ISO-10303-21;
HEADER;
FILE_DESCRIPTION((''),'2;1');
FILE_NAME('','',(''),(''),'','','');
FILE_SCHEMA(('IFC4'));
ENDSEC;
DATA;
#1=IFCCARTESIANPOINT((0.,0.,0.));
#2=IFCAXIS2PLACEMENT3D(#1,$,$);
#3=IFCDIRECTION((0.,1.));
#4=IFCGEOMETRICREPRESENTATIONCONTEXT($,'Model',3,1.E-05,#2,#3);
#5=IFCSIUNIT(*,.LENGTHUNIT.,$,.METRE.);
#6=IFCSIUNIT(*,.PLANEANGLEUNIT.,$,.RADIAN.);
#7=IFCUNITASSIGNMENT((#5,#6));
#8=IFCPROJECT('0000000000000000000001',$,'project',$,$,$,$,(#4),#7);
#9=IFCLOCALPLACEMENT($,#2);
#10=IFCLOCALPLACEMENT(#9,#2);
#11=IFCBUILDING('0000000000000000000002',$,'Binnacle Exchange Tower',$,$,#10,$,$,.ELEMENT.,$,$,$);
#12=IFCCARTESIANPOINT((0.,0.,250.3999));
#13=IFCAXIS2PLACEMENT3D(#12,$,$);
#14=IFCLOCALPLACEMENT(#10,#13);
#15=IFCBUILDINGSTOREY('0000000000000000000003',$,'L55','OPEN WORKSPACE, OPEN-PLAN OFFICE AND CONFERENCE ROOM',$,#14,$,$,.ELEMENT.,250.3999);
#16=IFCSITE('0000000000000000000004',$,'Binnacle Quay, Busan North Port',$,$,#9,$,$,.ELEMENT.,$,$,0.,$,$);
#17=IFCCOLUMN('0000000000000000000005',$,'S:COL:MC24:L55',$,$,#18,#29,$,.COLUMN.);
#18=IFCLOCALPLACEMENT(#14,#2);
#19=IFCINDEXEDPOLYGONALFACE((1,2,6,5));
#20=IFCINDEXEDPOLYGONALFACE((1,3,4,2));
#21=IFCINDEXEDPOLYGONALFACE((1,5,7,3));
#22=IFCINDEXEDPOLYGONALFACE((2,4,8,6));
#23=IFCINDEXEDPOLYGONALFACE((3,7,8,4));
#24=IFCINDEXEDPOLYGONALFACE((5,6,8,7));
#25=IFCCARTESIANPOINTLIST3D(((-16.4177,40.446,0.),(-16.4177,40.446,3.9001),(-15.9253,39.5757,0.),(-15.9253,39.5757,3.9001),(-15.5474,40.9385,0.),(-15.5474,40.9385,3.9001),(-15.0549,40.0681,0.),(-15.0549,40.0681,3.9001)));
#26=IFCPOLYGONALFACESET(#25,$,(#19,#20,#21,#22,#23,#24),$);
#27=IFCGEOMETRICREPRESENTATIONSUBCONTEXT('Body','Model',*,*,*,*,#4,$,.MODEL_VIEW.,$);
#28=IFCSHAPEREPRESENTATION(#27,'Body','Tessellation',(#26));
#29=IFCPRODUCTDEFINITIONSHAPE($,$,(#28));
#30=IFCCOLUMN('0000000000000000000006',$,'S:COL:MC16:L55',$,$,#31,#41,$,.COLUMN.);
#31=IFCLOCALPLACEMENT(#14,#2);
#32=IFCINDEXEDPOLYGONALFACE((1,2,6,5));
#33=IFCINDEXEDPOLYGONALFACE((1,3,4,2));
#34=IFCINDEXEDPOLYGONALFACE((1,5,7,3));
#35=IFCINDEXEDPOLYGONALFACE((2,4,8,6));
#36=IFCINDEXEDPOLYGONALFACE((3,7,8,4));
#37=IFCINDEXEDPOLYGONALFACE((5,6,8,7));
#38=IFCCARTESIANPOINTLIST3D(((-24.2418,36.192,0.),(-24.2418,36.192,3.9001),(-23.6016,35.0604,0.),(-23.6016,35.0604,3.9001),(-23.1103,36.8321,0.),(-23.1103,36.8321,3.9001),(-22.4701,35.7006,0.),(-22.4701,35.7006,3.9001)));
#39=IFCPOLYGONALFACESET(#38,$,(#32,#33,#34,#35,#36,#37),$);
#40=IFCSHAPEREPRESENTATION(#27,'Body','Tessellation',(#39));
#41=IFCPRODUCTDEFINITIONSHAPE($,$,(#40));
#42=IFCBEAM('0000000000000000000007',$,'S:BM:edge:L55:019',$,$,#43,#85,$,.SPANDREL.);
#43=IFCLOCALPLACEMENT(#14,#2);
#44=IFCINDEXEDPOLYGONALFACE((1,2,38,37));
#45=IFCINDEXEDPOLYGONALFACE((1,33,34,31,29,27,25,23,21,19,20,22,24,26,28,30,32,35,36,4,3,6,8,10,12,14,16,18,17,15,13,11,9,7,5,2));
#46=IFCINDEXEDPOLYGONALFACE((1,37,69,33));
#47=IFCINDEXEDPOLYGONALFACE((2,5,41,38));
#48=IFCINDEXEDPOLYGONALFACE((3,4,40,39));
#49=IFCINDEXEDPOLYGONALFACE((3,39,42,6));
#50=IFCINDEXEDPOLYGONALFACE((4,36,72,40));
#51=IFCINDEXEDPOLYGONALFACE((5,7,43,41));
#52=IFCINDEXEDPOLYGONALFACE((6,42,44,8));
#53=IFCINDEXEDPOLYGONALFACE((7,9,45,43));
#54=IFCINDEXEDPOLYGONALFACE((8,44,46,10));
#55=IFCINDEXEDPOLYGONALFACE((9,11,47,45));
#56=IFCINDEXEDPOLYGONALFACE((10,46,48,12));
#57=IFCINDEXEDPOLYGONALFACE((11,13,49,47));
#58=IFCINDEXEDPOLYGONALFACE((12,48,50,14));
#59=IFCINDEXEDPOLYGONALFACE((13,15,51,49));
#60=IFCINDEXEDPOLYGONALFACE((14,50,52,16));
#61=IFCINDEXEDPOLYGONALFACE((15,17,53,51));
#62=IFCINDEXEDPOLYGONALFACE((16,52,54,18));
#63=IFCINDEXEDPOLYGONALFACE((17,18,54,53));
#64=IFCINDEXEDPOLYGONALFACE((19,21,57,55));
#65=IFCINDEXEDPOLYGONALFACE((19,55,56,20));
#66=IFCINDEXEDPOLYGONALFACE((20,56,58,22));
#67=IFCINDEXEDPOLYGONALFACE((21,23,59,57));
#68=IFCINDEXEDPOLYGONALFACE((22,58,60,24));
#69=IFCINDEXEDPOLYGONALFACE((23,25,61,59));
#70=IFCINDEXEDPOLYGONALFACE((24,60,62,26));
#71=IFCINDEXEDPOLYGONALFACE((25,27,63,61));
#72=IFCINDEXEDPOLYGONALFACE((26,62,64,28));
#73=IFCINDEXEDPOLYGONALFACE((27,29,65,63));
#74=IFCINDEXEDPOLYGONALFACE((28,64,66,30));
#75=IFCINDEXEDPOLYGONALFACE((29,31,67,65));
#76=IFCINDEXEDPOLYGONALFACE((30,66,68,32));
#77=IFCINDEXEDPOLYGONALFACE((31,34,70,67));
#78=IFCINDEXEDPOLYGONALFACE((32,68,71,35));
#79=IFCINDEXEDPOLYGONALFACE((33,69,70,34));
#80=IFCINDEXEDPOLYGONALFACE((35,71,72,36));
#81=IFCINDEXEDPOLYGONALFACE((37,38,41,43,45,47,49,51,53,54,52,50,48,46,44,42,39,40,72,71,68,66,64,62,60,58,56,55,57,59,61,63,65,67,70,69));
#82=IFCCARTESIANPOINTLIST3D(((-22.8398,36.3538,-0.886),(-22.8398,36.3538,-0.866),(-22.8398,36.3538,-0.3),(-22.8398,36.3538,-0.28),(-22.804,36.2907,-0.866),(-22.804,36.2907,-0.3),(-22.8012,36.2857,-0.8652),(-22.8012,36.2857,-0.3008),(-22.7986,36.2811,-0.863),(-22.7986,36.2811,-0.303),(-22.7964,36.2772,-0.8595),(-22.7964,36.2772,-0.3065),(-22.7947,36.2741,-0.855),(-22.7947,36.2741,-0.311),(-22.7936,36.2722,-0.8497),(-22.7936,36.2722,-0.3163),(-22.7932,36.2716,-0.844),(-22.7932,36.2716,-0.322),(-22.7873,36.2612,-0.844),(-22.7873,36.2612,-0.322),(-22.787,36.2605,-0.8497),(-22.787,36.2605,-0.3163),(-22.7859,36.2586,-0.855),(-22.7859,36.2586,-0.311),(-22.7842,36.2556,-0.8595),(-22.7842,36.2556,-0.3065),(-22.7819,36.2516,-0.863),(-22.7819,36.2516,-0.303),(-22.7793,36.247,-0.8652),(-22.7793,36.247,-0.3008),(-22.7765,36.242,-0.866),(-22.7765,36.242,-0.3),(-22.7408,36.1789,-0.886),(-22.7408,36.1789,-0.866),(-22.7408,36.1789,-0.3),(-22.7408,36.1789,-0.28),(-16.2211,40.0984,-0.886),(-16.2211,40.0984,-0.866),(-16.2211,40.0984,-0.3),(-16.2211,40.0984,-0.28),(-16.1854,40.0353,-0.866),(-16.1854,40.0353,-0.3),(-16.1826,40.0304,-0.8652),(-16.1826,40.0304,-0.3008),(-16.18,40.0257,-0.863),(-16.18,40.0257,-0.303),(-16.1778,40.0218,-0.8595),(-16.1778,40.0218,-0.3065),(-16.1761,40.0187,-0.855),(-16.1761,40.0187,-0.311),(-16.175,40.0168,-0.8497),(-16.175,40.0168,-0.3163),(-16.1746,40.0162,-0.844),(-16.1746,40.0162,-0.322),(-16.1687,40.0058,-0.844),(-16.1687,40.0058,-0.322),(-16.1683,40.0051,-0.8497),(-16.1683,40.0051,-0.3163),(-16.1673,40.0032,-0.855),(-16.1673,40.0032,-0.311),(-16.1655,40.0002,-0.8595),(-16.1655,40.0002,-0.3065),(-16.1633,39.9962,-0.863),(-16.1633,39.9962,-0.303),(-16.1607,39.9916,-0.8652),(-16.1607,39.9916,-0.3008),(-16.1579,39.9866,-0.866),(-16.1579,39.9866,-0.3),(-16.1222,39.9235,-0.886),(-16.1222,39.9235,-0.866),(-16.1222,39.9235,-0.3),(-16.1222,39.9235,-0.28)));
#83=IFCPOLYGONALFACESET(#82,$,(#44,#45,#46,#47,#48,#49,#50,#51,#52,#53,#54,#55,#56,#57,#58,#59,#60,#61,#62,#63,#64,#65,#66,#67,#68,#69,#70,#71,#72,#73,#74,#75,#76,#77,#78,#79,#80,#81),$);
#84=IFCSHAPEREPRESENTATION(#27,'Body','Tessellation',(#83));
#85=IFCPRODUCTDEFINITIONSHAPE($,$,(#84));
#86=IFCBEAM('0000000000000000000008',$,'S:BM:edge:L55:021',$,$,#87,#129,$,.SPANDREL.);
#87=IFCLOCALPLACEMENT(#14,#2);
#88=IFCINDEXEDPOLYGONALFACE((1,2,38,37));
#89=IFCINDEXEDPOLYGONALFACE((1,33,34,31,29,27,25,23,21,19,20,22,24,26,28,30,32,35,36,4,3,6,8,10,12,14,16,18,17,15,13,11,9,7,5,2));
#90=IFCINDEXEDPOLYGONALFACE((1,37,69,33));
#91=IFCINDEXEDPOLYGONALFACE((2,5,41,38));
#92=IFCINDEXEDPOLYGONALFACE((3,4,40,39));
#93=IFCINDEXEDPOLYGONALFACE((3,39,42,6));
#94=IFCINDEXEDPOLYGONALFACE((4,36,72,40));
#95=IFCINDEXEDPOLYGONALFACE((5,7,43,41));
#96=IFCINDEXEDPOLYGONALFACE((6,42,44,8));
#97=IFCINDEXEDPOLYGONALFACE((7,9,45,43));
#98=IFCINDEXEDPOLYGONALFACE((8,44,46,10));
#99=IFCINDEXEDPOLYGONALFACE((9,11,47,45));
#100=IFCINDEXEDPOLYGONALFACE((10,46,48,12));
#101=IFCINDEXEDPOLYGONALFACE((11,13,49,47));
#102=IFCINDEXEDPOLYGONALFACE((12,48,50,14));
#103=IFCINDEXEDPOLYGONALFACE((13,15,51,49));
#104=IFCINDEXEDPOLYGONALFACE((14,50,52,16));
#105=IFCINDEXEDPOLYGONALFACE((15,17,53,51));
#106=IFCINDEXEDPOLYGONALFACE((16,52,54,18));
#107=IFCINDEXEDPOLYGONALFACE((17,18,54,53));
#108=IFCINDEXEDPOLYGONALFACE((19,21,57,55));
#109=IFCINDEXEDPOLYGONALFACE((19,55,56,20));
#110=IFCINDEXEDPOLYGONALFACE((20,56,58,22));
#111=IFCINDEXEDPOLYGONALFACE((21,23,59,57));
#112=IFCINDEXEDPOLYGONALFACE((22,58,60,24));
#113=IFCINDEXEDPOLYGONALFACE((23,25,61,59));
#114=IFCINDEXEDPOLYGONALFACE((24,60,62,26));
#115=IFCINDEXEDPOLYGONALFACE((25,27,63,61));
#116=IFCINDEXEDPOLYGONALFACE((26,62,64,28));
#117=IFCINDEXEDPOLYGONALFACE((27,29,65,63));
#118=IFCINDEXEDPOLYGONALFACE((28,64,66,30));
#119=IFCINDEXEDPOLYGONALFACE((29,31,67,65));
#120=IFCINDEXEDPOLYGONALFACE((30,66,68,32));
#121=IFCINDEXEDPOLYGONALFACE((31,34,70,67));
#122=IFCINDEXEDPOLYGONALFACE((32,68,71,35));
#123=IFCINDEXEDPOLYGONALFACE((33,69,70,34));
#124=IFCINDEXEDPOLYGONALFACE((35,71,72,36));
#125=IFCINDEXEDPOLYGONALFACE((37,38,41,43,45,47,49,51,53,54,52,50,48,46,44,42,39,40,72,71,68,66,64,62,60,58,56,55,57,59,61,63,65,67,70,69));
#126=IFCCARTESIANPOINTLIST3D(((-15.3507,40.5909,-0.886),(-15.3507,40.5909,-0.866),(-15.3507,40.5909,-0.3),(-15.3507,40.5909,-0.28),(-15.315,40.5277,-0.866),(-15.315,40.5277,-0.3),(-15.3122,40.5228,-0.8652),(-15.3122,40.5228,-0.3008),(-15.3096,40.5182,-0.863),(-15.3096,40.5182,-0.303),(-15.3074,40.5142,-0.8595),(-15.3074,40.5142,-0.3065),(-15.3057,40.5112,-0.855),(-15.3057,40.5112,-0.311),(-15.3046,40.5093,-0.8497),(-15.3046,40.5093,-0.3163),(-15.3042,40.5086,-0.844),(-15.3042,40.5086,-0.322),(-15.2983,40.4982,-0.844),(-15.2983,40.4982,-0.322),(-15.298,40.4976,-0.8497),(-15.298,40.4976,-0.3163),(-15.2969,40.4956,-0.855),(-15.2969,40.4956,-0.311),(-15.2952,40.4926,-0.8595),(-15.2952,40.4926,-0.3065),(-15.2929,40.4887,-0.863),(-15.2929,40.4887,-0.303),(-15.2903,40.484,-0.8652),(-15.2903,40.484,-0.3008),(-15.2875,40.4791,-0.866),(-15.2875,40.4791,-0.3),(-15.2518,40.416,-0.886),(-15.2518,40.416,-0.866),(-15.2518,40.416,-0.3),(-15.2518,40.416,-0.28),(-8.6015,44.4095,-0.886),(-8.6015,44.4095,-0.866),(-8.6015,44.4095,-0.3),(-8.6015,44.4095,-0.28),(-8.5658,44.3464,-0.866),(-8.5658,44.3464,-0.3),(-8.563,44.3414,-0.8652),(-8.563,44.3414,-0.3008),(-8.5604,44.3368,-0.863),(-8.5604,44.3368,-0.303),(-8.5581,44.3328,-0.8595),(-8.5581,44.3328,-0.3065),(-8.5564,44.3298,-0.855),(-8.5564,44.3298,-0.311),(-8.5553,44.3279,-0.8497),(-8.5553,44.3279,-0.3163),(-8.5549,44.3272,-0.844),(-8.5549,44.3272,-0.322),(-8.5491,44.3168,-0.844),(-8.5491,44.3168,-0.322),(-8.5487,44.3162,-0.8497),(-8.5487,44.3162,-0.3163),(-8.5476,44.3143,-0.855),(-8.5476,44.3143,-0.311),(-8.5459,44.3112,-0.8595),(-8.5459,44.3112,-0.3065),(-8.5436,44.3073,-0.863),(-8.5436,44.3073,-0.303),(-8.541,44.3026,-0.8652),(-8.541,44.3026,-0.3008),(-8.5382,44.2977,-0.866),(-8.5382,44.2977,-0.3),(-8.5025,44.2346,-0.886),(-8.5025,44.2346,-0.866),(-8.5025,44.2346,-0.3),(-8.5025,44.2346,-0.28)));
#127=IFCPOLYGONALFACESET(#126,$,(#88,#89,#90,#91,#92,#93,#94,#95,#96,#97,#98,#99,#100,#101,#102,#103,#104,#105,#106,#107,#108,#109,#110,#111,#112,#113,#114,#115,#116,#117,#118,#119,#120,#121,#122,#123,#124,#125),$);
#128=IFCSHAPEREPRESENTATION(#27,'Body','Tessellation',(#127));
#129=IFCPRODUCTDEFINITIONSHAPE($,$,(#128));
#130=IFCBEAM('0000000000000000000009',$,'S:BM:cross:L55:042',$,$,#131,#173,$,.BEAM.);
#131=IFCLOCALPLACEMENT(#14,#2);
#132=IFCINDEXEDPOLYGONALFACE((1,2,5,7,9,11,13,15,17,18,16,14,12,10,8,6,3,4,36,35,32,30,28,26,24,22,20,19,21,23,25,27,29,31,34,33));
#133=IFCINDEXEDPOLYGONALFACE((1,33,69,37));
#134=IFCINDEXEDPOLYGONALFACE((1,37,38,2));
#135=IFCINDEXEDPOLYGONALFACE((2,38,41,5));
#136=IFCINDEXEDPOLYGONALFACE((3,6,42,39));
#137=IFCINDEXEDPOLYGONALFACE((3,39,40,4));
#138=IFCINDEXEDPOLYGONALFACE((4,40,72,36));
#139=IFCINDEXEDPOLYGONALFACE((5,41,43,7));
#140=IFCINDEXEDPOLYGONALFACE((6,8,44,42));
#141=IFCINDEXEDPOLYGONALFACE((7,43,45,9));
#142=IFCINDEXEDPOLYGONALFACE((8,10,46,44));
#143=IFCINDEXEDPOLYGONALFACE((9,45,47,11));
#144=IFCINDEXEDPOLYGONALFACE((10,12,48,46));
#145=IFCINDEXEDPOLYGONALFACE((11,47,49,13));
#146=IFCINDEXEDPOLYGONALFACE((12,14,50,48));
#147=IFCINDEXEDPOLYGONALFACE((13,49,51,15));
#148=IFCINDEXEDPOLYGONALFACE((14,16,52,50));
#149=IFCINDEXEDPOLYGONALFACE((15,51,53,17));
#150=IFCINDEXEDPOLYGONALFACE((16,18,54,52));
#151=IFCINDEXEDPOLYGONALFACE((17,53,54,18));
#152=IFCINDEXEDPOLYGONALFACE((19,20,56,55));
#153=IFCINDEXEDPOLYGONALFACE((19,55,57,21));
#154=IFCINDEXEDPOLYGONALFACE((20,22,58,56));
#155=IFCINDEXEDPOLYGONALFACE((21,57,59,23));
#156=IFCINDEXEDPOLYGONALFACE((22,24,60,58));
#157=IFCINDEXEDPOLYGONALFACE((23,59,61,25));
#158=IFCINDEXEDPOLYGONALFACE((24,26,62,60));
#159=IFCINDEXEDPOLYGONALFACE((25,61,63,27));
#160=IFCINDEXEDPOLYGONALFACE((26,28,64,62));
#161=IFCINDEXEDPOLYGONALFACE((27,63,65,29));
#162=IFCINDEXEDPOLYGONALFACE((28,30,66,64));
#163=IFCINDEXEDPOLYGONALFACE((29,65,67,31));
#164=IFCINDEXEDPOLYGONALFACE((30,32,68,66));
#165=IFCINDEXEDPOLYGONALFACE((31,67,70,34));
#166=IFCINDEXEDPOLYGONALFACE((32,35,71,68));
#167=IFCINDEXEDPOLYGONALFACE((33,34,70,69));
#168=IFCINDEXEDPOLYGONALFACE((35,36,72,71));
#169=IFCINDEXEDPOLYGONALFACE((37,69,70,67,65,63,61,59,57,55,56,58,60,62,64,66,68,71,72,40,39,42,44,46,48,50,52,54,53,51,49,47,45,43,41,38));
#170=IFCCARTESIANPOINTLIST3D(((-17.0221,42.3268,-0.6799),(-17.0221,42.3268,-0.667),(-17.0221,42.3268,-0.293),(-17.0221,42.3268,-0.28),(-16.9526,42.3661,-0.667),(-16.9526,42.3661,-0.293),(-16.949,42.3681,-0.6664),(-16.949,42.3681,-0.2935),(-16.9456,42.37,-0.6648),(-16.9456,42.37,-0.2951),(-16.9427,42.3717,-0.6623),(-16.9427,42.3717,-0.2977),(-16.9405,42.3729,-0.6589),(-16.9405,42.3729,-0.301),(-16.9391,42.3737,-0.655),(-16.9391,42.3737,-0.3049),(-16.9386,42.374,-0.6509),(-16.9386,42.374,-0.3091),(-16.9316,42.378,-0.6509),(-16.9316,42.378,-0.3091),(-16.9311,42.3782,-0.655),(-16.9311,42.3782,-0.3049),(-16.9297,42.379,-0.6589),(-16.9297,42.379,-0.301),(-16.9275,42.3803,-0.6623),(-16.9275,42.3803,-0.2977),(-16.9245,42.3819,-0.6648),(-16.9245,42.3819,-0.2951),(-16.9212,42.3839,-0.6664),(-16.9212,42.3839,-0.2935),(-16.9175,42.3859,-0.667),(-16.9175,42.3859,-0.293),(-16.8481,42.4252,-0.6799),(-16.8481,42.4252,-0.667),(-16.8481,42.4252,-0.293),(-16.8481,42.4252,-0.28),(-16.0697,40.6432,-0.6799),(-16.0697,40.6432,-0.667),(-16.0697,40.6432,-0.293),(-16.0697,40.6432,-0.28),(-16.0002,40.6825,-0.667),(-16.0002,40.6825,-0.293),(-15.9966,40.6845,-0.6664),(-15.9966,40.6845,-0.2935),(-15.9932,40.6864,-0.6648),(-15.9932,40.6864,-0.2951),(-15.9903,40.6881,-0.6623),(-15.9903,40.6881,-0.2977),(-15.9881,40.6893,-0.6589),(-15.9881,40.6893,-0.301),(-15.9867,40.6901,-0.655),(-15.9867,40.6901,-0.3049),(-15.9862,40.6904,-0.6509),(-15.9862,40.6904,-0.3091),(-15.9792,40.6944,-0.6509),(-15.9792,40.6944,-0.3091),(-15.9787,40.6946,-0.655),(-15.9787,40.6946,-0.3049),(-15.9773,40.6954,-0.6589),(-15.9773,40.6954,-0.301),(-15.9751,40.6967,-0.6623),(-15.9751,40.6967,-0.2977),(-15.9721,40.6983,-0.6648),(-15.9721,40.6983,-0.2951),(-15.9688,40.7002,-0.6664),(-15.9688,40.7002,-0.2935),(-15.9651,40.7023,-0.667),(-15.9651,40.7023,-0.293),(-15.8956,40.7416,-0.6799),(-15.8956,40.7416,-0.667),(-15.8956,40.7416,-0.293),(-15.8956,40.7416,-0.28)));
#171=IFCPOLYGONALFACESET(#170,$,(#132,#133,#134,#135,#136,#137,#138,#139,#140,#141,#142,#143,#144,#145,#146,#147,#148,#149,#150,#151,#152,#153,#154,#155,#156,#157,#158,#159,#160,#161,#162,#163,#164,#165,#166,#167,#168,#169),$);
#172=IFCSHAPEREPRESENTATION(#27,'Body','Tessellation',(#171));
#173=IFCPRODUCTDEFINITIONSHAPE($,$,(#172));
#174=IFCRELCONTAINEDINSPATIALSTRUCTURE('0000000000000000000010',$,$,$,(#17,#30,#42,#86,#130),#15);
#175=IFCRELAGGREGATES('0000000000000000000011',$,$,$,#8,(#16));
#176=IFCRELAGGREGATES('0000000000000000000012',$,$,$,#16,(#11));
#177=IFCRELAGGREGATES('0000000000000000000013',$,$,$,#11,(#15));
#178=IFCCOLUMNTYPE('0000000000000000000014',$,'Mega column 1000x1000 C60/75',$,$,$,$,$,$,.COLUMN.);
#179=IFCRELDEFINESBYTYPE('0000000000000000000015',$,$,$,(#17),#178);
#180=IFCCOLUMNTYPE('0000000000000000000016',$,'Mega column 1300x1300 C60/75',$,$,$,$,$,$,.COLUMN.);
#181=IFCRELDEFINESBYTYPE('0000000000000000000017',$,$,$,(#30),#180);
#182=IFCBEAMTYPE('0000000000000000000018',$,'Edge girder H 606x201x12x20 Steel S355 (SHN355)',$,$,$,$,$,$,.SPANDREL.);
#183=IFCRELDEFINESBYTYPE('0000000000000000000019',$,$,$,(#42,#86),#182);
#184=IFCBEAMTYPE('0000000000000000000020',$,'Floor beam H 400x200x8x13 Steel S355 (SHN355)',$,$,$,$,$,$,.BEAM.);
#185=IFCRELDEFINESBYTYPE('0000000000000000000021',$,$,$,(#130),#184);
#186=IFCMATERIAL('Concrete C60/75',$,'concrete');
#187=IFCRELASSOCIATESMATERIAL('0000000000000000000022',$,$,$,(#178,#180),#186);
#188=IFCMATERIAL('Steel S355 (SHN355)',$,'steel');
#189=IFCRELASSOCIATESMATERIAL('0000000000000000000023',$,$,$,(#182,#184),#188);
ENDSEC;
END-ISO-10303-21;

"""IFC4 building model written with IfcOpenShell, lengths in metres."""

from ifc_helpers import new_model, si_unit, direction, frame, origin, origin_2d, place, context, subcontext, project, spatial, rectangle, i_section, extrude, material, material_profile, profile_set, type_object, element, save


model = new_model("IFC4")

# Units and contexts
model_context = context("Model", 3, precision=1e-05, world=origin(), true_north=direction((0.0, 1.0)))
body_context = subcontext(model_context, "Body", "Model", "MODEL_VIEW")
ifc_project = project(units=[si_unit("LENGTHUNIT", "METRE"), si_unit("PLANEANGLEUNIT", "RADIAN")], contexts=[model_context])

# Site, building, storey
site_placement = place(None, origin())
site = spatial("IfcSite", under=ifc_project, at=site_placement, Name="Binnacle Quay, Busan North Port", CompositionType="ELEMENT", RefElevation=0.0)
building_placement = place(site_placement, origin())
building = spatial("IfcBuilding", under=site, at=building_placement, Name="Binnacle Exchange Tower", CompositionType="ELEMENT")
storey_placement = place(building_placement, frame((0.0, 0.0, 250.3999)))
storey = spatial("IfcBuildingStorey", under=building, at=storey_placement, Name="L55", Description="OPEN WORKSPACE, OPEN-PLAN OFFICE AND CONFERENCE ROOM", CompositionType="ELEMENT", Elevation=250.3999)

# Columns
ifc_material_1 = material(Name="Concrete C60/75", Category="concrete")
ifc_material_profile_1 = material_profile(ifc_material_1, rectangle(XDim=1.0, YDim=1.0, at=origin_2d()), Name="Mega column 1000x1000 C60/75")
ifc_profile_set_1 = profile_set([ifc_material_profile_1], Name="Concrete C60/75")
column_type_1 = type_object("IfcColumnType", Name="Mega column 1000x1000 C60/75", PredefinedType="COLUMN", material=ifc_profile_set_1)
column_1_placement = place(storey_placement, frame((-15.7363, 40.2571, 0.0), z_axis=(0.0, 0.0, 1.0), x_axis=(0.870356, 0.492424, 0.0)))
element("IfcColumn", 1, at=column_1_placement, inside=storey, type_object=column_type_1, Name="S:COL:MC24:L55", PredefinedType="COLUMN", context=body_context, shape_type="SweptSolid", body=[
    extrude(rectangle(XDim=1.0, YDim=1.0, at=origin_2d()), origin(), (0.0, 0.0, 1.0), 3.9001),
])
ifc_material_profile_2 = material_profile(ifc_material_1, rectangle(XDim=1.3, YDim=1.3, at=origin_2d()), Name="Mega column 1300x1300 C60/75")
ifc_profile_set_2 = profile_set([ifc_material_profile_2], Name="Concrete C60/75")
column_type_2 = type_object("IfcColumnType", Name="Mega column 1300x1300 C60/75", PredefinedType="COLUMN", material=ifc_profile_set_2)
column_2_placement = place(storey_placement, frame((-23.356, 35.9463, 0.0), z_axis=(0.0, 0.0, 1.0), x_axis=(0.870356, 0.492424, 0.0)))
element("IfcColumn", 2, at=column_2_placement, inside=storey, type_object=column_type_2, Name="S:COL:MC16:L55", PredefinedType="COLUMN", context=body_context, shape_type="SweptSolid", body=[
    extrude(rectangle(XDim=1.3, YDim=1.3, at=origin_2d()), origin(), (0.0, 0.0, 1.0), 3.9001),
])

# Beams
ifc_material_2 = material(Name="Steel S355 (SHN355)", Category="steel")
ifc_material_profile_3 = material_profile(ifc_material_2, i_section(OverallWidth=0.2009, OverallDepth=0.606, WebThickness=0.012, FlangeThickness=0.02, FilletRadius=0.022, at=origin_2d()), Name="H 606x201x12x20")
ifc_profile_set_3 = profile_set([ifc_material_profile_3], Name="Steel S355 (SHN355)")
beam_type_1 = type_object("IfcBeamType", Name="Edge girder H 606x201x12x20 Steel S355 (SHN355)", PredefinedType="SPANDREL", material=ifc_profile_set_3)
beam_1_placement = place(storey_placement, frame((-22.7903, 36.2664, -0.583), z_axis=(0.870357, 0.492421, 0.0), x_axis=(-0.492421, 0.870357, 0.0)))
element("IfcBeam", 3, at=beam_1_placement, inside=storey, type_object=beam_type_1, Name="S:BM:edge:L55:019", PredefinedType="SPANDREL", context=body_context, shape_type="SweptSolid", body=[
    extrude(i_section(OverallWidth=0.2009, OverallDepth=0.606, WebThickness=0.012, FlangeThickness=0.02, FilletRadius=0.022, at=origin_2d()), origin(), (0.0, 0.0, 1.0), 7.6045),
])
beam_2_placement = place(storey_placement, frame((-15.3013, 40.5034, -0.583), z_axis=(0.870353, 0.492429, 0.0), x_axis=(-0.492429, 0.870353, 0.0)))
element("IfcBeam", 4, at=beam_2_placement, inside=storey, type_object=beam_type_1, Name="S:BM:edge:L55:021", PredefinedType="SPANDREL", context=body_context, shape_type="SweptSolid", body=[
    extrude(i_section(OverallWidth=0.2009, OverallDepth=0.606, WebThickness=0.012, FlangeThickness=0.02, FilletRadius=0.022, at=origin_2d()), origin(), (0.0, 0.0, 1.0), 7.7546),
])
ifc_material_profile_4 = material_profile(ifc_material_2, i_section(OverallWidth=0.2, OverallDepth=0.3999, WebThickness=0.0081, FlangeThickness=0.0129, FilletRadius=0.0161, at=origin_2d()), Name="H 400x200x8x13")
ifc_profile_set_4 = profile_set([ifc_material_profile_4], Name="Steel S355 (SHN355)")
beam_type_2 = type_object("IfcBeamType", Name="Floor beam H 400x200x8x13 Steel S355 (SHN355)", PredefinedType="BEAM", material=ifc_profile_set_4)
beam_3_placement = place(storey_placement, frame((-15.9827, 40.6924, -0.48), z_axis=(-0.492369, 0.870386, 0.0), x_axis=(-0.870386, -0.492369, 0.0)))
element("IfcBeam", 5, at=beam_3_placement, inside=storey, type_object=beam_type_2, Name="S:BM:cross:L55:042", PredefinedType="BEAM", context=body_context, shape_type="SweptSolid", body=[
    extrude(i_section(OverallWidth=0.2, OverallDepth=0.3999, WebThickness=0.0081, FlangeThickness=0.0129, FilletRadius=0.0161, at=origin_2d()), origin(), (0.0, 0.0, 1.0), 1.9343),
])

save(model, "model.ifc")
